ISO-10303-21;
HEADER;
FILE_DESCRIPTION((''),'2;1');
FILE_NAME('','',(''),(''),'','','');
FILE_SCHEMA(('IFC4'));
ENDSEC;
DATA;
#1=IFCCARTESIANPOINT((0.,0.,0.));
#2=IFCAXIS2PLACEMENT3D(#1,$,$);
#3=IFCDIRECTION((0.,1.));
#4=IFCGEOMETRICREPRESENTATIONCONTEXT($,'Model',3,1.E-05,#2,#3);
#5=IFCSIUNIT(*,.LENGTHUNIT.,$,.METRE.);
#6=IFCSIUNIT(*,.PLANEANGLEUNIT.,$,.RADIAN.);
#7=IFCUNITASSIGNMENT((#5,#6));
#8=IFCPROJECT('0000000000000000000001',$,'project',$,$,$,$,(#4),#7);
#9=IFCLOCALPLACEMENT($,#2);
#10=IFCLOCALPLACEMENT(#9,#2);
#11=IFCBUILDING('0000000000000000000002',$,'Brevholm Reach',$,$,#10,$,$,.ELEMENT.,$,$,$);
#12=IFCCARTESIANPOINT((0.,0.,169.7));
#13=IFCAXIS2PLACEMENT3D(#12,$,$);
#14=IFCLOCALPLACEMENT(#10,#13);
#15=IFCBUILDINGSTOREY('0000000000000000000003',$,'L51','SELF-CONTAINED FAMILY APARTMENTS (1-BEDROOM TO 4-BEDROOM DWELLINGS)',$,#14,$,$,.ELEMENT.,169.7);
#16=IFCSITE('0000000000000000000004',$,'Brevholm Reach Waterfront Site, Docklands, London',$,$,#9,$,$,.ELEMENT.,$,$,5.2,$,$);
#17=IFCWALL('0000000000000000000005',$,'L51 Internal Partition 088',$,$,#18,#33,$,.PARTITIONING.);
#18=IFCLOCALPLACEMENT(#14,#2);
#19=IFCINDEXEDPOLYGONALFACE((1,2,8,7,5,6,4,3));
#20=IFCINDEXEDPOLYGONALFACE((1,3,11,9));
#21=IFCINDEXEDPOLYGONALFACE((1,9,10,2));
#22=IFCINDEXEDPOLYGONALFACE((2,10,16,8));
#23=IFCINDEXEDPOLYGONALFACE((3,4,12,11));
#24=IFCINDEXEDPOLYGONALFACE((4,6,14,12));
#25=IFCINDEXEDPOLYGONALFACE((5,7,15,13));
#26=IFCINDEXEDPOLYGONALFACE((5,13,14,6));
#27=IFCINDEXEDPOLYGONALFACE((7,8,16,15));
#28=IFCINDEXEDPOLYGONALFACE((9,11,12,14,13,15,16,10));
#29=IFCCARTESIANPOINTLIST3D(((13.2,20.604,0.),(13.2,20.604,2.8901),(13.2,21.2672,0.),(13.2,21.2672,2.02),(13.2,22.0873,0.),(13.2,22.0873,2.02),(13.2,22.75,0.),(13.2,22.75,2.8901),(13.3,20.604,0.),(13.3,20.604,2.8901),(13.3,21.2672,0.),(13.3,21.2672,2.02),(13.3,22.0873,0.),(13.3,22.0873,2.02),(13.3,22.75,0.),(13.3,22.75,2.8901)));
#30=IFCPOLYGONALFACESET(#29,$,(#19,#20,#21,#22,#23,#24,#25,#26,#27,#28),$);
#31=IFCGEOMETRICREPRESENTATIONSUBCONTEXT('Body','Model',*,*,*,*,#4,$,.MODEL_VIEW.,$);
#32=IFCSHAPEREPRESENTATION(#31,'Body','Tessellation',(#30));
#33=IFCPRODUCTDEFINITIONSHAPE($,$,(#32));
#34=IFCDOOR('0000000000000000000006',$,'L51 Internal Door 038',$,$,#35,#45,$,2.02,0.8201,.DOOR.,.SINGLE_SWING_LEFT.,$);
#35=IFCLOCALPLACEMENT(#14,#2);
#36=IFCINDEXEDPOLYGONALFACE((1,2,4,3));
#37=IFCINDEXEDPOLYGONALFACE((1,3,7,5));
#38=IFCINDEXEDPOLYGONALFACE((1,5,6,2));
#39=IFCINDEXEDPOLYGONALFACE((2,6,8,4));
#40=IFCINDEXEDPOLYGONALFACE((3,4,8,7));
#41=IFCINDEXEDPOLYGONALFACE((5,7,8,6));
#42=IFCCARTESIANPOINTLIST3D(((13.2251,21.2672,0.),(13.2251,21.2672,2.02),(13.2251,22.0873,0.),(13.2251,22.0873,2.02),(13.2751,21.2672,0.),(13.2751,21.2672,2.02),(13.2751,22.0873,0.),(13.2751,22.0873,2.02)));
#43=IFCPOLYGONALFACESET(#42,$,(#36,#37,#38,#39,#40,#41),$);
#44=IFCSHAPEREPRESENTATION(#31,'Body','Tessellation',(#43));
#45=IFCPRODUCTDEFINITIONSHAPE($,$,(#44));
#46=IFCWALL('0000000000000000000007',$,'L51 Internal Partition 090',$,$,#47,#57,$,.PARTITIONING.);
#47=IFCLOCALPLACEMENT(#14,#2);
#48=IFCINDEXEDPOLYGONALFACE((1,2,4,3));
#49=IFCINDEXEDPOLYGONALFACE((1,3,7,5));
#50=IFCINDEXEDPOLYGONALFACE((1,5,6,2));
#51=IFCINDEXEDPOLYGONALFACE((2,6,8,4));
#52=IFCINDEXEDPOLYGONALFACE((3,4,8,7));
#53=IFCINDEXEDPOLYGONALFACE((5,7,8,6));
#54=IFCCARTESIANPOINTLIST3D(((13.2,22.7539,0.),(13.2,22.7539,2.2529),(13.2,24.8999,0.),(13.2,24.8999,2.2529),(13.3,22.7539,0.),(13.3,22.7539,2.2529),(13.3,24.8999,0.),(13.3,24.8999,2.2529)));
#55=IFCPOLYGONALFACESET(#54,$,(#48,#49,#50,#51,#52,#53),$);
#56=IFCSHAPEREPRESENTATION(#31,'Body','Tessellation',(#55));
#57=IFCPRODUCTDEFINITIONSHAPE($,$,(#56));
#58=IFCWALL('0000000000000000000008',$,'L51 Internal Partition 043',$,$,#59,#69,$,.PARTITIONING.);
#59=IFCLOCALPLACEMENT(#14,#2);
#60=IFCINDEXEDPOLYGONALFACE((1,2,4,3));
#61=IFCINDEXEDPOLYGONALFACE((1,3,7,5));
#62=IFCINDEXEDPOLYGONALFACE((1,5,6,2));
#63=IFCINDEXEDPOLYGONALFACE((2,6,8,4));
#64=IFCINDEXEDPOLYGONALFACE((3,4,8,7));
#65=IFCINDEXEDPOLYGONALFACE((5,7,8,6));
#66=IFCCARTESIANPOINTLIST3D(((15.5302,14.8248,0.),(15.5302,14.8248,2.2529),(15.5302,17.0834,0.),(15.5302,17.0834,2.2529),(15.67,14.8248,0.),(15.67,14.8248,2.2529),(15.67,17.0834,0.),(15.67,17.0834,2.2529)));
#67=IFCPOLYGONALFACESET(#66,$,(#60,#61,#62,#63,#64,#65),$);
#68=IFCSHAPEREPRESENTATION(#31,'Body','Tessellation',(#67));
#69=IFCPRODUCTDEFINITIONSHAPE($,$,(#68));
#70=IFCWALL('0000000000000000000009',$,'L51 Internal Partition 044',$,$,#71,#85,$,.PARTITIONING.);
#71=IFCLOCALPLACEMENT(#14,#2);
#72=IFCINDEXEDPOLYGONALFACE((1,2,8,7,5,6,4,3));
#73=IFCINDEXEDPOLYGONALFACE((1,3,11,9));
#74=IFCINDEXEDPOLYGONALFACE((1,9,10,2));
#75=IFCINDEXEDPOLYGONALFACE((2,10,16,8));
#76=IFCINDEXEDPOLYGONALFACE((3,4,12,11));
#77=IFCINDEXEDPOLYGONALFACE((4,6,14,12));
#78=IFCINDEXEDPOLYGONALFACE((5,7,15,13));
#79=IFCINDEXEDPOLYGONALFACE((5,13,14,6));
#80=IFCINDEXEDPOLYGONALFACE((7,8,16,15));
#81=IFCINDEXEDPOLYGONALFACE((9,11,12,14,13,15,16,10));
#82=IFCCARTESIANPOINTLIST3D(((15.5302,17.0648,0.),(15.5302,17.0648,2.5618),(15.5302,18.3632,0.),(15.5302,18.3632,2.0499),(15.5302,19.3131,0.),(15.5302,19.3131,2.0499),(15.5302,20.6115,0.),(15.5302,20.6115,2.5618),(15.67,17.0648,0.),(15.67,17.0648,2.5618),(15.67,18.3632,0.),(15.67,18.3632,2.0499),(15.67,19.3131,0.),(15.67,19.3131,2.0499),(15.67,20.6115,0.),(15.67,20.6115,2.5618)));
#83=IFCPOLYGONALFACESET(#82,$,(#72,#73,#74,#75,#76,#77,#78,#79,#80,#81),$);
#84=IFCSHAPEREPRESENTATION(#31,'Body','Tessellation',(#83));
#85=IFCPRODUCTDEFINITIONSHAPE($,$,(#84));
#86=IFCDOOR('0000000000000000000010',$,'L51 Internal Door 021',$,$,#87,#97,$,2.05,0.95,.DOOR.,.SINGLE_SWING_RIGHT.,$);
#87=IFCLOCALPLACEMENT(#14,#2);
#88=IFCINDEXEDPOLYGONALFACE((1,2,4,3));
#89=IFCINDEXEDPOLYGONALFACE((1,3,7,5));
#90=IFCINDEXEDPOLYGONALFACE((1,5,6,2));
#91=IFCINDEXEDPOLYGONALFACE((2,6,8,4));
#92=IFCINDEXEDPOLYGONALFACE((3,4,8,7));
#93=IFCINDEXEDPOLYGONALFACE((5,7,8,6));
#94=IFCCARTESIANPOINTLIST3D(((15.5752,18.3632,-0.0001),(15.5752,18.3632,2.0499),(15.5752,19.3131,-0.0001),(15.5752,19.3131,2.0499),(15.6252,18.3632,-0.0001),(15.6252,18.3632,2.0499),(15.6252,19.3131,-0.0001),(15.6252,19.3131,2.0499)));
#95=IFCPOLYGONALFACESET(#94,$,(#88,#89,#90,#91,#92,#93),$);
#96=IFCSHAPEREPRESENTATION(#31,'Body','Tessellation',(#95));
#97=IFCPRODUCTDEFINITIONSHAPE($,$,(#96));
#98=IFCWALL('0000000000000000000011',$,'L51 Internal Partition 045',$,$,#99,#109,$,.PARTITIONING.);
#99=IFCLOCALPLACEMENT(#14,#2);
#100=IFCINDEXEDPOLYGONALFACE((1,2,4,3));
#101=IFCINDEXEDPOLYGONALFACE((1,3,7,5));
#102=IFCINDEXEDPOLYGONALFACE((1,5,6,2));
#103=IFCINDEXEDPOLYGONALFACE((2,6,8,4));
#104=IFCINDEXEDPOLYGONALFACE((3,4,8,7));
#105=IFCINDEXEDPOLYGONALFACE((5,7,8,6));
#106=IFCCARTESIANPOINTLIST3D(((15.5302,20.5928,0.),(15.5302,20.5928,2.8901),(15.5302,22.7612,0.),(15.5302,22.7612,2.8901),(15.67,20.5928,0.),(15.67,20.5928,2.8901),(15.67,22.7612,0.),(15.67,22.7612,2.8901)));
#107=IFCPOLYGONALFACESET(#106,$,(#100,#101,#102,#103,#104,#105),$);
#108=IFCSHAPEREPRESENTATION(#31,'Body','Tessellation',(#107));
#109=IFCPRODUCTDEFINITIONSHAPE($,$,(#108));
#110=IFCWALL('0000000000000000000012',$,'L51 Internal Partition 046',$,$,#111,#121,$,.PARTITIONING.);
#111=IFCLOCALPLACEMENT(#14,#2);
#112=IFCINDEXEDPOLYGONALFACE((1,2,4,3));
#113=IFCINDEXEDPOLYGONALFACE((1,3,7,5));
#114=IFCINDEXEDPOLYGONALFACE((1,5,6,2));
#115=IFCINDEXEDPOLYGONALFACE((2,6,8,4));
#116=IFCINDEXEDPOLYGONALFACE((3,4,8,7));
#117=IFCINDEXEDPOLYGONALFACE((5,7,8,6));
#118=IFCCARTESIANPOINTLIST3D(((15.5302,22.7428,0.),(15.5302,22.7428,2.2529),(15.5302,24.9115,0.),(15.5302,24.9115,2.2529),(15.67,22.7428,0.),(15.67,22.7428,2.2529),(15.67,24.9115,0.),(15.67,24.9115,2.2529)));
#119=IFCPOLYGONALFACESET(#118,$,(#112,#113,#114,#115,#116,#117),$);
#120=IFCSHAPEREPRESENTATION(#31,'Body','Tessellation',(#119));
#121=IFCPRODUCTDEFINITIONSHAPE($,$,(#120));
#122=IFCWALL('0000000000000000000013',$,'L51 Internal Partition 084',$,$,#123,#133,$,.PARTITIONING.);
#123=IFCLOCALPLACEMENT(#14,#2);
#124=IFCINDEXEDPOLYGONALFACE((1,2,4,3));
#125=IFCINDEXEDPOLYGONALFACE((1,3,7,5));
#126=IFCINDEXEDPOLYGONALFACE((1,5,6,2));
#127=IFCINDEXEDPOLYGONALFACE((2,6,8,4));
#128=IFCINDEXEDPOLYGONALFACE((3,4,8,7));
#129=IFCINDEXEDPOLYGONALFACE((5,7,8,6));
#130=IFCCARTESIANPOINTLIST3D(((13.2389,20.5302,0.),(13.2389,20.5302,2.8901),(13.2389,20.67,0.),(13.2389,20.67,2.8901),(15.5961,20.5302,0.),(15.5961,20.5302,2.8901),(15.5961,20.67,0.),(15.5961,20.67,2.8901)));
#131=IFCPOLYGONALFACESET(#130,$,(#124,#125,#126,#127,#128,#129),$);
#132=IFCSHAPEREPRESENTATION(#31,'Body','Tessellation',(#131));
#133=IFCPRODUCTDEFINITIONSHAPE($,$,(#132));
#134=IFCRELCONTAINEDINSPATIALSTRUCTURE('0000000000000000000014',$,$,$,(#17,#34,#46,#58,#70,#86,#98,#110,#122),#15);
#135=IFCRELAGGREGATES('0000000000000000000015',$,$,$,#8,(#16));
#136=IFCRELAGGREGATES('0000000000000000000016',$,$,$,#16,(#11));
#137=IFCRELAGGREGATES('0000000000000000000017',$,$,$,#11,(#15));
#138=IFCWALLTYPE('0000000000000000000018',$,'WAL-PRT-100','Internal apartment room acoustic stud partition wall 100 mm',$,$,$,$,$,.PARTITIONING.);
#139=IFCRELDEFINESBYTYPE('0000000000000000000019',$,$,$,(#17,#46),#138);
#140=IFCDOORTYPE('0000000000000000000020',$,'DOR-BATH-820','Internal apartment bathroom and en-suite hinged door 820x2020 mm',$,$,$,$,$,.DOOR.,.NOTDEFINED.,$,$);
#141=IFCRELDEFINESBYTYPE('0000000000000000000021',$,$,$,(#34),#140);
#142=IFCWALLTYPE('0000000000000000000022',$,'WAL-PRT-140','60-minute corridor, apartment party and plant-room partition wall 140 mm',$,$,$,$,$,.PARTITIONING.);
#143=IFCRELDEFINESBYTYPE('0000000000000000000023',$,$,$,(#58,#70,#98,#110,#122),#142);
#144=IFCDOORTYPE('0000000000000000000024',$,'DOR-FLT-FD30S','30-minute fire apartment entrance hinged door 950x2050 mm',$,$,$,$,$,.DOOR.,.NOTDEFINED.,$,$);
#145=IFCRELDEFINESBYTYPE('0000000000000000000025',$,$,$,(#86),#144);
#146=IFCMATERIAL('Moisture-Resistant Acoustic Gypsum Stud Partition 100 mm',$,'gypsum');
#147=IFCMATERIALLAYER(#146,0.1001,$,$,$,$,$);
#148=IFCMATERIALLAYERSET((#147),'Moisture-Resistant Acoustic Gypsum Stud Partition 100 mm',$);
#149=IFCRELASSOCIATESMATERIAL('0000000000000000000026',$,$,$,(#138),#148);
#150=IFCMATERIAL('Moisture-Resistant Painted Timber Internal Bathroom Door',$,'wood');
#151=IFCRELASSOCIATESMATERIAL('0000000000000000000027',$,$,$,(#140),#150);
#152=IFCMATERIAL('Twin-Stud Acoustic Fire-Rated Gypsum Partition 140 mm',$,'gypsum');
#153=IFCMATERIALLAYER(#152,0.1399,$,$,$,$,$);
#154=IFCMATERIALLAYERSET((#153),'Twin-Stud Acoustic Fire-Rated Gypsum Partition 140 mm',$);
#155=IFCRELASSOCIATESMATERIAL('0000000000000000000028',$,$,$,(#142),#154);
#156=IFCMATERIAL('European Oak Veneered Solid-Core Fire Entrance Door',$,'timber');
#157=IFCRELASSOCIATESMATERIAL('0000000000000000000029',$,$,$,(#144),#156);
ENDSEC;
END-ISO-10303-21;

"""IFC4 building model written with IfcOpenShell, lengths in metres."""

from ifc_helpers import new_model, si_unit, direction, frame, frame_2d, origin, place, context, subcontext, project, spatial, rectangle, extrude, material, layer, layer_set, type_object, element, fill, save


model = new_model("IFC4")

# Units and contexts
model_context = context("Model", 3, precision=1e-05, world=origin(), true_north=direction((0.0, 1.0)))
body_context = subcontext(model_context, "Body", "Model", "MODEL_VIEW")
ifc_project = project(units=[si_unit("LENGTHUNIT", "METRE"), si_unit("PLANEANGLEUNIT", "RADIAN")], contexts=[model_context])

# Site, building, storey
site_placement = place(None, origin())
site = spatial("IfcSite", under=ifc_project, at=site_placement, Name="Brevholm Reach Waterfront Site, Docklands, London", CompositionType="ELEMENT", RefElevation=5.2)
building_placement = place(site_placement, origin())
building = spatial("IfcBuilding", under=site, at=building_placement, Name="Brevholm Reach", CompositionType="ELEMENT")
storey_placement = place(building_placement, frame((0.0, 0.0, 169.7)))
storey = spatial("IfcBuildingStorey", under=building, at=storey_placement, Name="L51", Description="SELF-CONTAINED FAMILY APARTMENTS (1-BEDROOM TO 4-BEDROOM DWELLINGS)", CompositionType="ELEMENT", Elevation=169.7)

# Shared definitions
ifc_material_1 = material(Name="Moisture-Resistant Acoustic Gypsum Stud Partition 100 mm", Category="gypsum")
ifc_layer_1 = layer(ifc_material_1, 0.1001)
ifc_layer_set_1 = layer_set([ifc_layer_1], Name="Moisture-Resistant Acoustic Gypsum Stud Partition 100 mm")
wall_type_1 = type_object("IfcWallType", Name="WAL-PRT-100", Description="Internal apartment room acoustic stud partition wall 100 mm", PredefinedType="PARTITIONING", material=ifc_layer_set_1)

# Wall, opening, door
wall_1_placement = place(storey_placement, frame((13.25, 20.604, 0.0), z_axis=(0.0, 0.0, 1.0), x_axis=(0.0, 1.0, 0.0)))
wall_1 = element("IfcWall", 1, at=wall_1_placement, inside=storey, type_object=wall_type_1, Name="L51 Internal Partition 088", PredefinedType="PARTITIONING", context=body_context, shape_type="SweptSolid", body=[
    extrude(rectangle(XDim=2.146, YDim=0.1001, at=frame_2d((1.073, 0.0))), origin(), (0.0, 0.0, 1.0), 2.8901),
])
opening_1_placement = place(wall_1_placement, frame((0.6631, 0.0, 0.0)))
opening_1 = element("IfcOpeningElement", 2, at=opening_1_placement, cuts=wall_1, PredefinedType="OPENING", context=body_context, shape_type="SweptSolid", body=[
    extrude(rectangle(XDim=0.8201, YDim=2.02, at=frame_2d((0.4102, 1.01))), frame((0.0, 0.0601, 0.0), z_axis=(0.0, -1.0, 0.0), x_axis=(1.0, 0.0, 0.0)), (0.0, 0.0, 1.0), 0.1201),
])
ifc_material_2 = material(Name="Moisture-Resistant Painted Timber Internal Bathroom Door", Category="wood")
door_type_1 = type_object("IfcDoorType", Name="DOR-BATH-820", Description="Internal apartment bathroom and en-suite hinged door 820x2020 mm", OperationType="NOTDEFINED", PredefinedType="DOOR", material=ifc_material_2)
door_1_placement = place(opening_1_placement, origin())
door_1 = element("IfcDoor", 3, at=door_1_placement, inside=storey, type_object=door_type_1, Name="L51 Internal Door 038", OperationType="SINGLE_SWING_LEFT", OverallHeight=2.02, OverallWidth=0.8201, PredefinedType="DOOR", context=body_context, shape_type="SweptSolid", body=[
    extrude(rectangle(XDim=0.8201, YDim=2.02, at=frame_2d((0.4102, 1.01))), frame((0.0, 0.0249, 0.0), z_axis=(0.0, -1.0, 0.0), x_axis=(1.0, 0.0, 0.0)), (0.0, 0.0, 1.0), 0.05),
])
fill(opening_1, door_1)

# Walls
wall_2_placement = place(storey_placement, frame((13.25, 22.7539, 0.0), z_axis=(0.0, 0.0, 1.0), x_axis=(0.0, 1.0, 0.0)))
element("IfcWall", 4, at=wall_2_placement, inside=storey, type_object=wall_type_1, Name="L51 Internal Partition 090", PredefinedType="PARTITIONING", context=body_context, shape_type="SweptSolid", body=[
    extrude(rectangle(XDim=2.146, YDim=0.1001, at=frame_2d((1.073, 0.0))), origin(), (0.0, 0.0, 1.0), 2.2529),
])
ifc_material_3 = material(Name="Twin-Stud Acoustic Fire-Rated Gypsum Partition 140 mm", Category="gypsum")
ifc_layer_2 = layer(ifc_material_3, 0.1399)
ifc_layer_set_2 = layer_set([ifc_layer_2], Name="Twin-Stud Acoustic Fire-Rated Gypsum Partition 140 mm")
wall_type_2 = type_object("IfcWallType", Name="WAL-PRT-140", Description="60-minute corridor, apartment party and plant-room partition wall 140 mm", PredefinedType="PARTITIONING", material=ifc_layer_set_2)
wall_3_placement = place(storey_placement, frame((15.6001, 14.8247, 0.0), z_axis=(0.0, 0.0, 1.0), x_axis=(0.0, 1.0, 0.0)))
element("IfcWall", 5, at=wall_3_placement, inside=storey, type_object=wall_type_2, Name="L51 Internal Partition 043", PredefinedType="PARTITIONING", context=body_context, shape_type="SweptSolid", body=[
    extrude(rectangle(XDim=2.2585, YDim=0.1399, at=frame_2d((1.1294, 0.0))), origin(), (0.0, 0.0, 1.0), 2.2529),
])

# Wall, opening, door
wall_4_placement = place(storey_placement, frame((15.6001, 17.0647, 0.0), z_axis=(0.0, 0.0, 1.0), x_axis=(0.0, 1.0, 0.0)))
wall_4 = element("IfcWall", 6, at=wall_4_placement, inside=storey, type_object=wall_type_2, Name="L51 Internal Partition 044", PredefinedType="PARTITIONING", context=body_context, shape_type="SweptSolid", body=[
    extrude(rectangle(XDim=3.5466, YDim=0.1399, at=frame_2d((1.7734, 0.0))), origin(), (0.0, 0.0, 1.0), 2.5618),
])
opening_2_placement = place(wall_4_placement, frame((1.2983, 0.0, 0.0)))
opening_2 = element("IfcOpeningElement", 7, at=opening_2_placement, cuts=wall_4, PredefinedType="OPENING", context=body_context, shape_type="SweptSolid", body=[
    extrude(rectangle(XDim=0.95, YDim=2.05, at=frame_2d((0.4751, 1.0249))), frame((0.0, 0.0798, 0.0), z_axis=(0.0, -1.0, 0.0), x_axis=(1.0, 0.0, 0.0)), (0.0, 0.0, 1.0), 0.1599),
])
ifc_material_4 = material(Name="European Oak Veneered Solid-Core Fire Entrance Door", Category="timber")
door_type_2 = type_object("IfcDoorType", Name="DOR-FLT-FD30S", Description="30-minute fire apartment entrance hinged door 950x2050 mm", OperationType="NOTDEFINED", PredefinedType="DOOR", material=ifc_material_4)
door_2_placement = place(opening_2_placement, origin())
door_2 = element("IfcDoor", 8, at=door_2_placement, inside=storey, type_object=door_type_2, Name="L51 Internal Door 021", OperationType="SINGLE_SWING_RIGHT", OverallHeight=2.05, OverallWidth=0.95, PredefinedType="DOOR", context=body_context, shape_type="SweptSolid", body=[
    extrude(rectangle(XDim=0.95, YDim=2.05, at=frame_2d((0.4751, 1.0249))), frame((0.0, 0.0249, 0.0), z_axis=(0.0, -1.0, 0.0), x_axis=(1.0, 0.0, 0.0)), (0.0, 0.0, 1.0), 0.05),
])
fill(opening_2, door_2)

# Walls
wall_5_placement = place(storey_placement, frame((15.6001, 20.5928, 0.0), z_axis=(0.0, 0.0, 1.0), x_axis=(0.0, 1.0, 0.0)))
element("IfcWall", 9, at=wall_5_placement, inside=storey, type_object=wall_type_2, Name="L51 Internal Partition 045", PredefinedType="PARTITIONING", context=body_context, shape_type="SweptSolid", body=[
    extrude(rectangle(XDim=2.1685, YDim=0.1399, at=frame_2d((1.0842, 0.0))), origin(), (0.0, 0.0, 1.0), 2.8901),
])
wall_6_placement = place(storey_placement, frame((15.6001, 22.7427, 0.0), z_axis=(0.0, 0.0, 1.0), x_axis=(0.0, 1.0, 0.0)))
element("IfcWall", 10, at=wall_6_placement, inside=storey, type_object=wall_type_2, Name="L51 Internal Partition 046", PredefinedType="PARTITIONING", context=body_context, shape_type="SweptSolid", body=[
    extrude(rectangle(XDim=2.1687, YDim=0.1399, at=frame_2d((1.0845, 0.0))), origin(), (0.0, 0.0, 1.0), 2.2529),
])
wall_7_placement = place(storey_placement, frame((13.2388, 20.6001, 0.0), z_axis=(0.0, 0.0, 1.0), x_axis=(1.0, 0.0, 0.0)))
element("IfcWall", 11, at=wall_7_placement, inside=storey, type_object=wall_type_2, Name="L51 Internal Partition 084", PredefinedType="PARTITIONING", context=body_context, shape_type="SweptSolid", body=[
    extrude(rectangle(XDim=2.3572, YDim=0.1399, at=frame_2d((1.1787, 0.0))), origin(), (0.0, 0.0, 1.0), 2.8901),
])

save(model, "model.ifc")
